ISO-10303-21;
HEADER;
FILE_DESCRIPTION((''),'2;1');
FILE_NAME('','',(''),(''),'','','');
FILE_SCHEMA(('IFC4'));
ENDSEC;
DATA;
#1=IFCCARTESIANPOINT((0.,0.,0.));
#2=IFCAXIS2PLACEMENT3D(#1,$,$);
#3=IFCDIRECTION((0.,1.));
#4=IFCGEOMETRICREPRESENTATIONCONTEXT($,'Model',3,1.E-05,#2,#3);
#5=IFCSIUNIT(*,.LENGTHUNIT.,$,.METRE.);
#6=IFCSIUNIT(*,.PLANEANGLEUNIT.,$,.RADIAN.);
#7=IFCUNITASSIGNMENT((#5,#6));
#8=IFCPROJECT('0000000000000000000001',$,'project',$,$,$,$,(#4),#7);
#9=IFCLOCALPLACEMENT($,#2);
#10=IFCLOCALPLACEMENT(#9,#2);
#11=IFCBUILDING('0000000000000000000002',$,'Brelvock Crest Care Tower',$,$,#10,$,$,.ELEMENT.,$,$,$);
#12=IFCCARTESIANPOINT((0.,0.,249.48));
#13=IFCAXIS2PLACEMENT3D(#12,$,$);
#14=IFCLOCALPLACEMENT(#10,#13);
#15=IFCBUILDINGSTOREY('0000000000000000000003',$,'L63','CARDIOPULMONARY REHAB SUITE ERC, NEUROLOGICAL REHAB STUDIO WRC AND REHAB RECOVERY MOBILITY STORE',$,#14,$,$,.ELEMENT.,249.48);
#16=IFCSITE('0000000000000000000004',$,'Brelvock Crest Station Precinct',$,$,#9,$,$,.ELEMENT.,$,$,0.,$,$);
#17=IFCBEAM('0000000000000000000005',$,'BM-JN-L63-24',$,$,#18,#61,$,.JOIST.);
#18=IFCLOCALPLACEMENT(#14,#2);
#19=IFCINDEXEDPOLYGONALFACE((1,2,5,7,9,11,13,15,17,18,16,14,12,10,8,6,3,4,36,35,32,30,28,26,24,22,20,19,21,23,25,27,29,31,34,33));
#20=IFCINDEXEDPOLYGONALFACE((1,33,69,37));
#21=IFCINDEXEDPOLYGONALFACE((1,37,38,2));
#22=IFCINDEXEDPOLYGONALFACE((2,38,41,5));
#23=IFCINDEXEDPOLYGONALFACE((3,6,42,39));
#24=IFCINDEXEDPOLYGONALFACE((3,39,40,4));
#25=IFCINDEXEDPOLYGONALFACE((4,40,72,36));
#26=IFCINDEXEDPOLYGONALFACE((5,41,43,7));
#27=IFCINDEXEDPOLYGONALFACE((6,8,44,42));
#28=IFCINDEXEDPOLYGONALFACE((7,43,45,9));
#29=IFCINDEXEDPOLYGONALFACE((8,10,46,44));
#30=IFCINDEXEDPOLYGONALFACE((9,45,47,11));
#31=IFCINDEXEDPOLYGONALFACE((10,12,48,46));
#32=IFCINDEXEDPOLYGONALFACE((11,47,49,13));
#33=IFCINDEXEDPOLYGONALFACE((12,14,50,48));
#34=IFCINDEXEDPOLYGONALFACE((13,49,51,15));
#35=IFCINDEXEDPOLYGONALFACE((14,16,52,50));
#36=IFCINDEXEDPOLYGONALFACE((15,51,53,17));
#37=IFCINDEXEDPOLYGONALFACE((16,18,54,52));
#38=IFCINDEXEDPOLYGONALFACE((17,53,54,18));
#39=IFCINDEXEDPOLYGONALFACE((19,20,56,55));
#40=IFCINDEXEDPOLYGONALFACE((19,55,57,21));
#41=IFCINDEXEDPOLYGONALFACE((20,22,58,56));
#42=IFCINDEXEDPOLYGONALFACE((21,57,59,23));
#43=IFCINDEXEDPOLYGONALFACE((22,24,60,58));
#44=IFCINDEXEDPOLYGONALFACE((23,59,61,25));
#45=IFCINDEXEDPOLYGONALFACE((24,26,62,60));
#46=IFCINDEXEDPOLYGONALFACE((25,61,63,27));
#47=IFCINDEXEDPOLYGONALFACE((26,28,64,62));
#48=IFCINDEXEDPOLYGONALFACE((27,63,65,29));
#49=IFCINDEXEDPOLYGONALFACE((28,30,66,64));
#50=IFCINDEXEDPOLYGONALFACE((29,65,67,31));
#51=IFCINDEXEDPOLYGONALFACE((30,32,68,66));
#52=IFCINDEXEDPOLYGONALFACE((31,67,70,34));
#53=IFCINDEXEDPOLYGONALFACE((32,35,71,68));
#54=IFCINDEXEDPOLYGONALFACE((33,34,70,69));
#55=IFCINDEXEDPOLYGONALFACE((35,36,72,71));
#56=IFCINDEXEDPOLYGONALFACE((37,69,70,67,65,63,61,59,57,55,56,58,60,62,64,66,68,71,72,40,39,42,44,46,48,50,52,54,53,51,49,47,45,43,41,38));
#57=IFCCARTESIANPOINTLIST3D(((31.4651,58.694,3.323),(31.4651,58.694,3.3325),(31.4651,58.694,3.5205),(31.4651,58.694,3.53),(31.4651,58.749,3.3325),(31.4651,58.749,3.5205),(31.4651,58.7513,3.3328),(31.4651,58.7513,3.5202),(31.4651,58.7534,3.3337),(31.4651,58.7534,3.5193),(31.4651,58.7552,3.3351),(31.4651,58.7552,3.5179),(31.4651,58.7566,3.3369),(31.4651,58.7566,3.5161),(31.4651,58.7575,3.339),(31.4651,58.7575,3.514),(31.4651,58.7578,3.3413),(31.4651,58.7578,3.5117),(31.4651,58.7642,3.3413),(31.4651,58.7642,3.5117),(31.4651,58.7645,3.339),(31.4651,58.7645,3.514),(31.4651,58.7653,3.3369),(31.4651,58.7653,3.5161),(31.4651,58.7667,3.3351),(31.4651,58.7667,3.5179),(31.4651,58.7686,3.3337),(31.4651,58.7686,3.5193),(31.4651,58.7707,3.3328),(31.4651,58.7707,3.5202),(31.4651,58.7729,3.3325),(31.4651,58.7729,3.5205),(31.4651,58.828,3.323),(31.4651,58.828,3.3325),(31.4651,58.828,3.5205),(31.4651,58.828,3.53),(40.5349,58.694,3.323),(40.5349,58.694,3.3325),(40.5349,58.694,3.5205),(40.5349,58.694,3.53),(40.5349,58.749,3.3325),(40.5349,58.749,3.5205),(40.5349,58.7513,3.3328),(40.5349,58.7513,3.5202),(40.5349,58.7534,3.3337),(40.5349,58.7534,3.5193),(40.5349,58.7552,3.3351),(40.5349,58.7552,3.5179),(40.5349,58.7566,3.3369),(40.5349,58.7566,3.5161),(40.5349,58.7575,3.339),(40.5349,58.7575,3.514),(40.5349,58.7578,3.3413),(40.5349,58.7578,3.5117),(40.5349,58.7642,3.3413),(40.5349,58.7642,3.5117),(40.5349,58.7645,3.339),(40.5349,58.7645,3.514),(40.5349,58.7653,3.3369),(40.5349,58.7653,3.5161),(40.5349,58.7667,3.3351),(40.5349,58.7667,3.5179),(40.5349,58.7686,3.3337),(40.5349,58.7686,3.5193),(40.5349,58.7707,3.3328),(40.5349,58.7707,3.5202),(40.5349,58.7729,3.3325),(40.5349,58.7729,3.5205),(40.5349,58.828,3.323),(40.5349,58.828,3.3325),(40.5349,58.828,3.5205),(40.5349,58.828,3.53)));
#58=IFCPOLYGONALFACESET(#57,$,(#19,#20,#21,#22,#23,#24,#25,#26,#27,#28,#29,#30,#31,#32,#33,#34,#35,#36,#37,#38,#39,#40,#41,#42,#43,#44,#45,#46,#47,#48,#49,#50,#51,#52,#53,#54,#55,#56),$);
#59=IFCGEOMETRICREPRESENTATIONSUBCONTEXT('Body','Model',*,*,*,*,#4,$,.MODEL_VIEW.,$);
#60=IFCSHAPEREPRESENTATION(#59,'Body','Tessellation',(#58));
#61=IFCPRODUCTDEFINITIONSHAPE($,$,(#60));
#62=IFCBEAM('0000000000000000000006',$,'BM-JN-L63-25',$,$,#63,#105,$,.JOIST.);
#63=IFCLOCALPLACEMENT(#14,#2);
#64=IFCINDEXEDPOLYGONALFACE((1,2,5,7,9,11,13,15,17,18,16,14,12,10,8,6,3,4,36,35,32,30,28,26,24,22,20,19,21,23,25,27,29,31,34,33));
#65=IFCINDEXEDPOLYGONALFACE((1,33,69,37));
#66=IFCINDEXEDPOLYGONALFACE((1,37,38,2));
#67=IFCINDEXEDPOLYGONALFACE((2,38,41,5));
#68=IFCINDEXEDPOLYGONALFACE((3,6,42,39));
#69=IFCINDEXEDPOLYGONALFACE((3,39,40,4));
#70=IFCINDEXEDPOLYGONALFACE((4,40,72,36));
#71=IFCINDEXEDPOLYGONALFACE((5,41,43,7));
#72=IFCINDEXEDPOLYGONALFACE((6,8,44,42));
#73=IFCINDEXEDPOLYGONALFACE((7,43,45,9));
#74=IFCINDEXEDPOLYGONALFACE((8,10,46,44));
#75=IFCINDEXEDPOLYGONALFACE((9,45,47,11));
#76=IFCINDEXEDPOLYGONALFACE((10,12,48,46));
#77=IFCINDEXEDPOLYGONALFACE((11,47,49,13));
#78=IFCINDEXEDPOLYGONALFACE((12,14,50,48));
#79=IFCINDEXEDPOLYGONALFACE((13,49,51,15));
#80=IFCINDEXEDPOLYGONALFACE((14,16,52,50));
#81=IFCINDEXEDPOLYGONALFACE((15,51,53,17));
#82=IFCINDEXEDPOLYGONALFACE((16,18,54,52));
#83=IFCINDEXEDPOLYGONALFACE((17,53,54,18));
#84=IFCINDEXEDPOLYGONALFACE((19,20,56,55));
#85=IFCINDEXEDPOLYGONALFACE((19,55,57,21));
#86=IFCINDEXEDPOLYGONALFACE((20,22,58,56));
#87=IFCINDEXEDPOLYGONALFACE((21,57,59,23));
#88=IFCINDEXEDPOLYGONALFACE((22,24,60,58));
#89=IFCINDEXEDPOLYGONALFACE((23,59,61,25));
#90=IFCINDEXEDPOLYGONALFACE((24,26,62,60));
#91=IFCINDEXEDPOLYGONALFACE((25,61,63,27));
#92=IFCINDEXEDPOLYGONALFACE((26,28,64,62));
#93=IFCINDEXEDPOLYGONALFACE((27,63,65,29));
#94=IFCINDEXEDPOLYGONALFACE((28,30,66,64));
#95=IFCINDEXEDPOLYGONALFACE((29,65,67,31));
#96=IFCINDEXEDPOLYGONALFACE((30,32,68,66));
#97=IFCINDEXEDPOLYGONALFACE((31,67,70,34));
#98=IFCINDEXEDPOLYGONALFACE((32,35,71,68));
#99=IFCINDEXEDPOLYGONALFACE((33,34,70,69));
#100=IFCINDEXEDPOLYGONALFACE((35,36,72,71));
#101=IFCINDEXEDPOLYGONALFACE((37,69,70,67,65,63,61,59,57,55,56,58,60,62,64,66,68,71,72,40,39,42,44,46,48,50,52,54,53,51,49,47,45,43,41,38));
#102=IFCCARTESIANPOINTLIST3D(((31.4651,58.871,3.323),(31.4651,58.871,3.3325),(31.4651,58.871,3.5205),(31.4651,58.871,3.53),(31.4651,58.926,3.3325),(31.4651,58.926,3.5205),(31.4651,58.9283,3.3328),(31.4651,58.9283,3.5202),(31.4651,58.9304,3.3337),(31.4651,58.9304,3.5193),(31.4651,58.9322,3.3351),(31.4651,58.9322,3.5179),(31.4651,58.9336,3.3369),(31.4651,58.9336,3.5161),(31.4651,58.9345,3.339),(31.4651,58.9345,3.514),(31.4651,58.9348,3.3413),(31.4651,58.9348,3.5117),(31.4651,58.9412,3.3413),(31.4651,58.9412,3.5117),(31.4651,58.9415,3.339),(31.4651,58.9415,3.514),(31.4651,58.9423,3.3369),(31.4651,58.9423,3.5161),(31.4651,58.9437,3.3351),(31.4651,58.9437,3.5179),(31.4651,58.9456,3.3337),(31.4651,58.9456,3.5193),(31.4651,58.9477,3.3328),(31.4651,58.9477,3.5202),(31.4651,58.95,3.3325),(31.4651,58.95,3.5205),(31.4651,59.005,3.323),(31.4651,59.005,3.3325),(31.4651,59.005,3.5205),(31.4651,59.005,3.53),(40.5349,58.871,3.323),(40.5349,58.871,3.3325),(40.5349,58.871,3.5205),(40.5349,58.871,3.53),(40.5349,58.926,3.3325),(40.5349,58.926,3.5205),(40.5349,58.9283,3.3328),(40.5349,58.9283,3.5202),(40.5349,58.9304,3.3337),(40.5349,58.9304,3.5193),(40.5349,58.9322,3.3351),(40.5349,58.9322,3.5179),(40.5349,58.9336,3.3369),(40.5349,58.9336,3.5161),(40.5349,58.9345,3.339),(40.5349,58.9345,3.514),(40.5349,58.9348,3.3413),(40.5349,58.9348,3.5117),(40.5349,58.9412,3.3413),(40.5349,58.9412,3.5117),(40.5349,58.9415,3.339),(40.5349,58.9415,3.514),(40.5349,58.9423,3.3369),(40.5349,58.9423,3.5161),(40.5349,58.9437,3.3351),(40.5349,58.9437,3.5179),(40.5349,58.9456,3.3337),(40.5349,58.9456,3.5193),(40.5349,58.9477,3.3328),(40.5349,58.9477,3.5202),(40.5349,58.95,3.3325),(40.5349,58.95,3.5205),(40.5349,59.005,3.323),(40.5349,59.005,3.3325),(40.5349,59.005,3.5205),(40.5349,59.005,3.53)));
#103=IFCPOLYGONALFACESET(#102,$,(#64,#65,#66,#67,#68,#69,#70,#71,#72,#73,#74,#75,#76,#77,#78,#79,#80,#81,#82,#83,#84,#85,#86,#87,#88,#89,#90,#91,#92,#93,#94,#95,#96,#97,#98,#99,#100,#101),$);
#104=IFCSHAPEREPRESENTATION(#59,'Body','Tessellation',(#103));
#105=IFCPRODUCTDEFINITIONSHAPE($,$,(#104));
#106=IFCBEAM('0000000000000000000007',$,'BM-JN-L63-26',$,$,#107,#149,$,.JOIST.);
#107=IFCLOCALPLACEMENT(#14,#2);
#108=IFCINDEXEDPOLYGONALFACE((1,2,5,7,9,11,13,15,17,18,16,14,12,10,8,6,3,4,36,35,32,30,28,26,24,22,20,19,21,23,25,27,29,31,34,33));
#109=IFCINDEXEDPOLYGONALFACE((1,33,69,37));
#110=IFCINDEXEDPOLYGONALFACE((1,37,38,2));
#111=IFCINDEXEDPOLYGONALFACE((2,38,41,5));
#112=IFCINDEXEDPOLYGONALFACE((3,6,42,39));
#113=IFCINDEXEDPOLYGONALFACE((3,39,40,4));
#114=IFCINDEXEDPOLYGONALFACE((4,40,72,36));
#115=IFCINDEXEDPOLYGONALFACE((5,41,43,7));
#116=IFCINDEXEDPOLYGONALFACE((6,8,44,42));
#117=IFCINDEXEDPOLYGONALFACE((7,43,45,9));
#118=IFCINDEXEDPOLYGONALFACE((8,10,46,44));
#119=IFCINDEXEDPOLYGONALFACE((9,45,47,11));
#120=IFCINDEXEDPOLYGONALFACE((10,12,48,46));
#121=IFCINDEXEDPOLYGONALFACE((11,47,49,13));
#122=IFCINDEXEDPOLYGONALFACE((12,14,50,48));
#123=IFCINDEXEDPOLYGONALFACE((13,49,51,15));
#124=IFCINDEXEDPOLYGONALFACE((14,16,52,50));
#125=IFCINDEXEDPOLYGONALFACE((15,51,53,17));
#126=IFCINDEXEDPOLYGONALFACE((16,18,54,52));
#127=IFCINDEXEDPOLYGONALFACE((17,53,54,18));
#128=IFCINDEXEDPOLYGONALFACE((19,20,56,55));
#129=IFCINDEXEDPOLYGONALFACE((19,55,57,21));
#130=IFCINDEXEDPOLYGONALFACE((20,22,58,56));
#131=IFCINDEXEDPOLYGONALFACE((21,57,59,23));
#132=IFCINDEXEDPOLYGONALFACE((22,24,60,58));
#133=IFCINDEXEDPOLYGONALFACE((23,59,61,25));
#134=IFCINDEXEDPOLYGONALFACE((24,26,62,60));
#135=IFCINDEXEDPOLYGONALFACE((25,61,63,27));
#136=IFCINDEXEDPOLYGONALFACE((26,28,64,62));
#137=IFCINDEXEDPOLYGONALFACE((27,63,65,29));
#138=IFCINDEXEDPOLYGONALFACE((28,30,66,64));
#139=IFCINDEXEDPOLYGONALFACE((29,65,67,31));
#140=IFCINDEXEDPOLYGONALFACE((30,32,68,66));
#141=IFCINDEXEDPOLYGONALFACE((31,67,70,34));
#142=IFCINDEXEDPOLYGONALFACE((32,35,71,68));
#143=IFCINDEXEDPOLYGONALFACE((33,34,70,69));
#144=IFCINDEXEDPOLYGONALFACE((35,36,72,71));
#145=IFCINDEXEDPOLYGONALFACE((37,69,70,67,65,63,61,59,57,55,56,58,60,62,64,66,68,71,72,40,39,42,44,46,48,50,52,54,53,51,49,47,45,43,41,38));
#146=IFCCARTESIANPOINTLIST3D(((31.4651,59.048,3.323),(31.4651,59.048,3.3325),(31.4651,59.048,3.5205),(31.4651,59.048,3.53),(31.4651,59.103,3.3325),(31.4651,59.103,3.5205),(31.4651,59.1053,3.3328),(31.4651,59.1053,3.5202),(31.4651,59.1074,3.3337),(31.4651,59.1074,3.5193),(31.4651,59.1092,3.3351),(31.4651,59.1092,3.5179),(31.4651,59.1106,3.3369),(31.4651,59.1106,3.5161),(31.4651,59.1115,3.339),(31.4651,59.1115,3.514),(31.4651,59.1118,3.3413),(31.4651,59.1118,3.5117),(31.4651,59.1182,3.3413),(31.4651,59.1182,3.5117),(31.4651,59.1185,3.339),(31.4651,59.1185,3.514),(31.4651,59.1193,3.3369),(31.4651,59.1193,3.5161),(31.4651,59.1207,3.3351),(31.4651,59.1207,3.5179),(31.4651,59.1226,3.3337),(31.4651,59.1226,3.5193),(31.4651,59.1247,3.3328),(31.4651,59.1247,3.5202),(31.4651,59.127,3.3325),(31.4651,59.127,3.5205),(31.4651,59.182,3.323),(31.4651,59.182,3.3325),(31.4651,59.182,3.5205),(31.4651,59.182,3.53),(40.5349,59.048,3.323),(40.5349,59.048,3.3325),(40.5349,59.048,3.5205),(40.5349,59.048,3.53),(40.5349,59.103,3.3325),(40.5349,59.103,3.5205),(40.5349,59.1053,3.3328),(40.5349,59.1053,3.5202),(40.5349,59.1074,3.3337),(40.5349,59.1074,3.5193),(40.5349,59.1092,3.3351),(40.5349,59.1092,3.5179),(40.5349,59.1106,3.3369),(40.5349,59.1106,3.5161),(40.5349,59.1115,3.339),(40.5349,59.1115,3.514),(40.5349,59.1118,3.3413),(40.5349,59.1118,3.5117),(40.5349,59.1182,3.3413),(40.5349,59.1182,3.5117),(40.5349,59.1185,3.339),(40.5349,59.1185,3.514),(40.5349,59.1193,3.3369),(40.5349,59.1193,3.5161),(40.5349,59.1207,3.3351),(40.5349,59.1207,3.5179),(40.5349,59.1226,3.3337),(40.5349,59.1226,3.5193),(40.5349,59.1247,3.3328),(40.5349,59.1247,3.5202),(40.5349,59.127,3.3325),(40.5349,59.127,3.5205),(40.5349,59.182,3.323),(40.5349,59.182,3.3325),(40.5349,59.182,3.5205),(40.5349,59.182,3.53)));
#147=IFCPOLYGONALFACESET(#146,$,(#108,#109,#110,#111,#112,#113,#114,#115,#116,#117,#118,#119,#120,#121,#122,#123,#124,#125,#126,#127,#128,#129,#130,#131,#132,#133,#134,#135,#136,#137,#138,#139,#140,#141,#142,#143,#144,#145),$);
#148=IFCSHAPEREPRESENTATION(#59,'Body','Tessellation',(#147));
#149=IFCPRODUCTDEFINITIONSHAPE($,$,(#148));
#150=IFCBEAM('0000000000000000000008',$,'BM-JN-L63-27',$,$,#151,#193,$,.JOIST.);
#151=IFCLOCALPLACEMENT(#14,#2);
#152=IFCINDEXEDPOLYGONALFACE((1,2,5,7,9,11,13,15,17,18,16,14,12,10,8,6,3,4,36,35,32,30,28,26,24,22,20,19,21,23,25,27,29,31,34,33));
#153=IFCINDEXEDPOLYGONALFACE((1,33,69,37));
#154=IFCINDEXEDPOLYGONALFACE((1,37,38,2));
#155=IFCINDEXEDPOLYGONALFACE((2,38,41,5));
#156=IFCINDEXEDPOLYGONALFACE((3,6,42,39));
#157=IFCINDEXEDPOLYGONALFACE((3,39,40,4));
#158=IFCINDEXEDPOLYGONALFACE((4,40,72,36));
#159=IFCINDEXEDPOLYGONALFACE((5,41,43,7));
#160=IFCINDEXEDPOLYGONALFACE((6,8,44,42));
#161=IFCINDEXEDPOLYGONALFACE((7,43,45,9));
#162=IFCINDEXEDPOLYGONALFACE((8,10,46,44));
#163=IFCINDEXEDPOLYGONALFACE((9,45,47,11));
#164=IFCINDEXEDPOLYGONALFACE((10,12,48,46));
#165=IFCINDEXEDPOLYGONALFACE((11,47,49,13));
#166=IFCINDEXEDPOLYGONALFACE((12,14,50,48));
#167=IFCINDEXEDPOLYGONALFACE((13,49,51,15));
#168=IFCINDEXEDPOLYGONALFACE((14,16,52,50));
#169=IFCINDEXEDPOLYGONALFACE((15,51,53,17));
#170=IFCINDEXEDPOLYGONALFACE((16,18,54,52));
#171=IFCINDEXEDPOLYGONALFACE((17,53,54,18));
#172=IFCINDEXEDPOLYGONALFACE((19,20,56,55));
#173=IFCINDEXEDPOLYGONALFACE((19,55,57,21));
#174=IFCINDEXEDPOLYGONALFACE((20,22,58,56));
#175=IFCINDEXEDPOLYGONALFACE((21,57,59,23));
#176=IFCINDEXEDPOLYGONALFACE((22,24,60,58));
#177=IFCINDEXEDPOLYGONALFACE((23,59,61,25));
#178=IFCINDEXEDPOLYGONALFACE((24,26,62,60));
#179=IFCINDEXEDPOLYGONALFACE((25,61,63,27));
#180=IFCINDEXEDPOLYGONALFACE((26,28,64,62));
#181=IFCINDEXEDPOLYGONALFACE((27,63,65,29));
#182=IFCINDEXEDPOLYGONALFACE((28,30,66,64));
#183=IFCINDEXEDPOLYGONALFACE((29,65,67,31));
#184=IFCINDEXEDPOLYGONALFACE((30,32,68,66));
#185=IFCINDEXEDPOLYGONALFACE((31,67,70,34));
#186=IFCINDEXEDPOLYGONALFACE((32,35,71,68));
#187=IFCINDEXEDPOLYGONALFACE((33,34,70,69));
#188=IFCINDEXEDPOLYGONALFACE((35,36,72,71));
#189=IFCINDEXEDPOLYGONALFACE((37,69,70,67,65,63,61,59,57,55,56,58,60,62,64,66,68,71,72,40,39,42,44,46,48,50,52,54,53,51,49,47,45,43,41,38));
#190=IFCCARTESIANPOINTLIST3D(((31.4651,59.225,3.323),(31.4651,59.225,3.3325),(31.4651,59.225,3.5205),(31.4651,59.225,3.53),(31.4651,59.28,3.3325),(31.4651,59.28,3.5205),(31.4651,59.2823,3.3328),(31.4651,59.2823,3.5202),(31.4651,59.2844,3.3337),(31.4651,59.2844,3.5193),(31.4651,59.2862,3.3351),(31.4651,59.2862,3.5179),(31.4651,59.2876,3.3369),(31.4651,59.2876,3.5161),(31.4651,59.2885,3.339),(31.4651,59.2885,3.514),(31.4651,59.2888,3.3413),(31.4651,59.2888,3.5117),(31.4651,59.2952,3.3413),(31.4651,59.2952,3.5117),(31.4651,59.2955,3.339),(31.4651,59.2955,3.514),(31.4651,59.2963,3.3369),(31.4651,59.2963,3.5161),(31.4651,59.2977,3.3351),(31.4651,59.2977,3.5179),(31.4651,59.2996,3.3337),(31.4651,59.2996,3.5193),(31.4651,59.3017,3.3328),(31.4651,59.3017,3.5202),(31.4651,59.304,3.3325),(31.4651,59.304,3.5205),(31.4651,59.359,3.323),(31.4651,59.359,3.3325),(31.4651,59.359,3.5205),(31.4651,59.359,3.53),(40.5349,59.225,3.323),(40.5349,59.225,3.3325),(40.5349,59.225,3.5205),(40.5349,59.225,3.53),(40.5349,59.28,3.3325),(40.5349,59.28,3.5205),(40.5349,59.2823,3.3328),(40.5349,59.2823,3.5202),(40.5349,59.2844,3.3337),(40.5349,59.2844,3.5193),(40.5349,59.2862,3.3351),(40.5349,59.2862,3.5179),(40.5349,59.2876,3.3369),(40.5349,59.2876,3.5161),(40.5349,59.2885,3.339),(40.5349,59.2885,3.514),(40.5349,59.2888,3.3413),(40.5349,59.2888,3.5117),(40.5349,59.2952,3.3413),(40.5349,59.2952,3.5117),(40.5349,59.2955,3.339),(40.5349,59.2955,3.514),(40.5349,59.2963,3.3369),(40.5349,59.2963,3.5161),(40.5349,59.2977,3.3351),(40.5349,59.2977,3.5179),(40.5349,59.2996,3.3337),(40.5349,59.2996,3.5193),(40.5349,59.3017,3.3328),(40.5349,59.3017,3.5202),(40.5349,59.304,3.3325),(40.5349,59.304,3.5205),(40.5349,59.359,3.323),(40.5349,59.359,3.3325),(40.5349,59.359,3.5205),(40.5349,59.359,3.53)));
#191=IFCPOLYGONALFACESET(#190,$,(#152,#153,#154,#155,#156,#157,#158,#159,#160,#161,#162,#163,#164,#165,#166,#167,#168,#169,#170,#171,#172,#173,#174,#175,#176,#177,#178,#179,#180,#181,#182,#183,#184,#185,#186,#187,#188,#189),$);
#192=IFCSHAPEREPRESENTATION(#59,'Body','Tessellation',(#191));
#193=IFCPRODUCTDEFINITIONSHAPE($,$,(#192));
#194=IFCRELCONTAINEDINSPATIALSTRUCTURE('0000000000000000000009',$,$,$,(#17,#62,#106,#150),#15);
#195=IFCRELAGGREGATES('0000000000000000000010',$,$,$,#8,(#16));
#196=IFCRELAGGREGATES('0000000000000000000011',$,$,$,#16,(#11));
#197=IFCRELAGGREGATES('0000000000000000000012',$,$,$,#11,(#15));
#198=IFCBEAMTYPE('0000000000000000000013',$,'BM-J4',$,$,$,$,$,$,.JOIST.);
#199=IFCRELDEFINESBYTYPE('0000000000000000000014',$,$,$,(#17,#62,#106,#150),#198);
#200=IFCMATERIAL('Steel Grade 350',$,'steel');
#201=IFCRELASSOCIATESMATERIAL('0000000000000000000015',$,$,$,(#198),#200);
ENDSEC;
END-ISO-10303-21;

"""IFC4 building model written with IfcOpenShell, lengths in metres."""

from ifc_helpers import new_model, si_unit, direction, frame, origin, origin_2d, place, context, subcontext, project, spatial, i_section, extrude, source, transform, mapped, material, material_profile, profile_set, type_object, element, save


model = new_model("IFC4")

# Units and contexts
model_context = context("Model", 3, precision=1e-05, world=origin(), true_north=direction((0.0, 1.0)))
body_context = subcontext(model_context, "Body", "Model", "MODEL_VIEW")
ifc_project = project(units=[si_unit("LENGTHUNIT", "METRE"), si_unit("PLANEANGLEUNIT", "RADIAN")], contexts=[model_context])

# Site, building, storey
site_placement = place(None, origin())
site = spatial("IfcSite", under=ifc_project, at=site_placement, Name="Brelvock Crest Station Precinct", CompositionType="ELEMENT", RefElevation=0.0)
building_placement = place(site_placement, origin())
building = spatial("IfcBuilding", under=site, at=building_placement, Name="Brelvock Crest Care Tower", CompositionType="ELEMENT")
storey_placement = place(building_placement, frame((0.0, 0.0, 249.48)))
storey = spatial("IfcBuildingStorey", under=building, at=storey_placement, Name="L63", Description="CARDIOPULMONARY REHAB SUITE ERC, NEUROLOGICAL REHAB STUDIO WRC AND REHAB RECOVERY MOBILITY STORE", CompositionType="ELEMENT", Elevation=249.48)

# Shared definitions
ifc_material_1 = material(Name="Steel Grade 350", Category="steel")

# Beams
ifc_material_profile_1 = material_profile(ifc_material_1, i_section(OverallWidth=0.134, OverallDepth=0.207, WebThickness=0.0063, FlangeThickness=0.0095, FilletRadius=0.0088, at=origin_2d()), Name="200UB29.8")
ifc_profile_set_1 = profile_set([ifc_material_profile_1], Name="Steel Grade 350")
beam_type_1 = type_object("IfcBeamType", Name="BM-J4", PredefinedType="JOIST", material=ifc_profile_set_1)
shared_shape_1 = source(origin(), body_context, "Body", "SweptSolid", [
    extrude(i_section(OverallWidth=0.134, OverallDepth=0.207, WebThickness=0.0063, FlangeThickness=0.0095, FilletRadius=0.0088, at=origin_2d()), origin(), (0.0, 0.0, 1.0), 9.0698),
])
for number, where, z_axis, x_axis, name in (
    (1, (31.4651, 58.761, 3.4265), (1.0, 0.0, 0.0), (0.0, 1.0, 0.0), "BM-JN-L63-24"),
    (2, (31.4651, 58.938, 3.4265), (1.0, 0.0, 0.0), (0.0, 1.0, 0.0), "BM-JN-L63-25"),
    (3, (31.4651, 59.115, 3.4265), (1.0, 0.0, 0.0), (0.0, 1.0, 0.0), "BM-JN-L63-26"),
    (4, (31.4651, 59.292, 3.4265), (1.0, 0.0, 0.0), (0.0, 1.0, 0.0), "BM-JN-L63-27"),
):
    element("IfcBeam", number, at=place(storey_placement, frame(where, z_axis=z_axis, x_axis=x_axis)), inside=storey, type_object=beam_type_1, Name=name, PredefinedType="JOIST", context=body_context, shape_type="MappedRepresentation", body=[
        mapped(shared_shape_1, transform((0.0, 0.0, 0.0), x_axis=(1.0, 0.0, 0.0), y_axis=(0.0, 1.0, 0.0), z_axis=(0.0, 0.0, 1.0), scale=1.0)),
    ])

save(model, "model.ifc")
